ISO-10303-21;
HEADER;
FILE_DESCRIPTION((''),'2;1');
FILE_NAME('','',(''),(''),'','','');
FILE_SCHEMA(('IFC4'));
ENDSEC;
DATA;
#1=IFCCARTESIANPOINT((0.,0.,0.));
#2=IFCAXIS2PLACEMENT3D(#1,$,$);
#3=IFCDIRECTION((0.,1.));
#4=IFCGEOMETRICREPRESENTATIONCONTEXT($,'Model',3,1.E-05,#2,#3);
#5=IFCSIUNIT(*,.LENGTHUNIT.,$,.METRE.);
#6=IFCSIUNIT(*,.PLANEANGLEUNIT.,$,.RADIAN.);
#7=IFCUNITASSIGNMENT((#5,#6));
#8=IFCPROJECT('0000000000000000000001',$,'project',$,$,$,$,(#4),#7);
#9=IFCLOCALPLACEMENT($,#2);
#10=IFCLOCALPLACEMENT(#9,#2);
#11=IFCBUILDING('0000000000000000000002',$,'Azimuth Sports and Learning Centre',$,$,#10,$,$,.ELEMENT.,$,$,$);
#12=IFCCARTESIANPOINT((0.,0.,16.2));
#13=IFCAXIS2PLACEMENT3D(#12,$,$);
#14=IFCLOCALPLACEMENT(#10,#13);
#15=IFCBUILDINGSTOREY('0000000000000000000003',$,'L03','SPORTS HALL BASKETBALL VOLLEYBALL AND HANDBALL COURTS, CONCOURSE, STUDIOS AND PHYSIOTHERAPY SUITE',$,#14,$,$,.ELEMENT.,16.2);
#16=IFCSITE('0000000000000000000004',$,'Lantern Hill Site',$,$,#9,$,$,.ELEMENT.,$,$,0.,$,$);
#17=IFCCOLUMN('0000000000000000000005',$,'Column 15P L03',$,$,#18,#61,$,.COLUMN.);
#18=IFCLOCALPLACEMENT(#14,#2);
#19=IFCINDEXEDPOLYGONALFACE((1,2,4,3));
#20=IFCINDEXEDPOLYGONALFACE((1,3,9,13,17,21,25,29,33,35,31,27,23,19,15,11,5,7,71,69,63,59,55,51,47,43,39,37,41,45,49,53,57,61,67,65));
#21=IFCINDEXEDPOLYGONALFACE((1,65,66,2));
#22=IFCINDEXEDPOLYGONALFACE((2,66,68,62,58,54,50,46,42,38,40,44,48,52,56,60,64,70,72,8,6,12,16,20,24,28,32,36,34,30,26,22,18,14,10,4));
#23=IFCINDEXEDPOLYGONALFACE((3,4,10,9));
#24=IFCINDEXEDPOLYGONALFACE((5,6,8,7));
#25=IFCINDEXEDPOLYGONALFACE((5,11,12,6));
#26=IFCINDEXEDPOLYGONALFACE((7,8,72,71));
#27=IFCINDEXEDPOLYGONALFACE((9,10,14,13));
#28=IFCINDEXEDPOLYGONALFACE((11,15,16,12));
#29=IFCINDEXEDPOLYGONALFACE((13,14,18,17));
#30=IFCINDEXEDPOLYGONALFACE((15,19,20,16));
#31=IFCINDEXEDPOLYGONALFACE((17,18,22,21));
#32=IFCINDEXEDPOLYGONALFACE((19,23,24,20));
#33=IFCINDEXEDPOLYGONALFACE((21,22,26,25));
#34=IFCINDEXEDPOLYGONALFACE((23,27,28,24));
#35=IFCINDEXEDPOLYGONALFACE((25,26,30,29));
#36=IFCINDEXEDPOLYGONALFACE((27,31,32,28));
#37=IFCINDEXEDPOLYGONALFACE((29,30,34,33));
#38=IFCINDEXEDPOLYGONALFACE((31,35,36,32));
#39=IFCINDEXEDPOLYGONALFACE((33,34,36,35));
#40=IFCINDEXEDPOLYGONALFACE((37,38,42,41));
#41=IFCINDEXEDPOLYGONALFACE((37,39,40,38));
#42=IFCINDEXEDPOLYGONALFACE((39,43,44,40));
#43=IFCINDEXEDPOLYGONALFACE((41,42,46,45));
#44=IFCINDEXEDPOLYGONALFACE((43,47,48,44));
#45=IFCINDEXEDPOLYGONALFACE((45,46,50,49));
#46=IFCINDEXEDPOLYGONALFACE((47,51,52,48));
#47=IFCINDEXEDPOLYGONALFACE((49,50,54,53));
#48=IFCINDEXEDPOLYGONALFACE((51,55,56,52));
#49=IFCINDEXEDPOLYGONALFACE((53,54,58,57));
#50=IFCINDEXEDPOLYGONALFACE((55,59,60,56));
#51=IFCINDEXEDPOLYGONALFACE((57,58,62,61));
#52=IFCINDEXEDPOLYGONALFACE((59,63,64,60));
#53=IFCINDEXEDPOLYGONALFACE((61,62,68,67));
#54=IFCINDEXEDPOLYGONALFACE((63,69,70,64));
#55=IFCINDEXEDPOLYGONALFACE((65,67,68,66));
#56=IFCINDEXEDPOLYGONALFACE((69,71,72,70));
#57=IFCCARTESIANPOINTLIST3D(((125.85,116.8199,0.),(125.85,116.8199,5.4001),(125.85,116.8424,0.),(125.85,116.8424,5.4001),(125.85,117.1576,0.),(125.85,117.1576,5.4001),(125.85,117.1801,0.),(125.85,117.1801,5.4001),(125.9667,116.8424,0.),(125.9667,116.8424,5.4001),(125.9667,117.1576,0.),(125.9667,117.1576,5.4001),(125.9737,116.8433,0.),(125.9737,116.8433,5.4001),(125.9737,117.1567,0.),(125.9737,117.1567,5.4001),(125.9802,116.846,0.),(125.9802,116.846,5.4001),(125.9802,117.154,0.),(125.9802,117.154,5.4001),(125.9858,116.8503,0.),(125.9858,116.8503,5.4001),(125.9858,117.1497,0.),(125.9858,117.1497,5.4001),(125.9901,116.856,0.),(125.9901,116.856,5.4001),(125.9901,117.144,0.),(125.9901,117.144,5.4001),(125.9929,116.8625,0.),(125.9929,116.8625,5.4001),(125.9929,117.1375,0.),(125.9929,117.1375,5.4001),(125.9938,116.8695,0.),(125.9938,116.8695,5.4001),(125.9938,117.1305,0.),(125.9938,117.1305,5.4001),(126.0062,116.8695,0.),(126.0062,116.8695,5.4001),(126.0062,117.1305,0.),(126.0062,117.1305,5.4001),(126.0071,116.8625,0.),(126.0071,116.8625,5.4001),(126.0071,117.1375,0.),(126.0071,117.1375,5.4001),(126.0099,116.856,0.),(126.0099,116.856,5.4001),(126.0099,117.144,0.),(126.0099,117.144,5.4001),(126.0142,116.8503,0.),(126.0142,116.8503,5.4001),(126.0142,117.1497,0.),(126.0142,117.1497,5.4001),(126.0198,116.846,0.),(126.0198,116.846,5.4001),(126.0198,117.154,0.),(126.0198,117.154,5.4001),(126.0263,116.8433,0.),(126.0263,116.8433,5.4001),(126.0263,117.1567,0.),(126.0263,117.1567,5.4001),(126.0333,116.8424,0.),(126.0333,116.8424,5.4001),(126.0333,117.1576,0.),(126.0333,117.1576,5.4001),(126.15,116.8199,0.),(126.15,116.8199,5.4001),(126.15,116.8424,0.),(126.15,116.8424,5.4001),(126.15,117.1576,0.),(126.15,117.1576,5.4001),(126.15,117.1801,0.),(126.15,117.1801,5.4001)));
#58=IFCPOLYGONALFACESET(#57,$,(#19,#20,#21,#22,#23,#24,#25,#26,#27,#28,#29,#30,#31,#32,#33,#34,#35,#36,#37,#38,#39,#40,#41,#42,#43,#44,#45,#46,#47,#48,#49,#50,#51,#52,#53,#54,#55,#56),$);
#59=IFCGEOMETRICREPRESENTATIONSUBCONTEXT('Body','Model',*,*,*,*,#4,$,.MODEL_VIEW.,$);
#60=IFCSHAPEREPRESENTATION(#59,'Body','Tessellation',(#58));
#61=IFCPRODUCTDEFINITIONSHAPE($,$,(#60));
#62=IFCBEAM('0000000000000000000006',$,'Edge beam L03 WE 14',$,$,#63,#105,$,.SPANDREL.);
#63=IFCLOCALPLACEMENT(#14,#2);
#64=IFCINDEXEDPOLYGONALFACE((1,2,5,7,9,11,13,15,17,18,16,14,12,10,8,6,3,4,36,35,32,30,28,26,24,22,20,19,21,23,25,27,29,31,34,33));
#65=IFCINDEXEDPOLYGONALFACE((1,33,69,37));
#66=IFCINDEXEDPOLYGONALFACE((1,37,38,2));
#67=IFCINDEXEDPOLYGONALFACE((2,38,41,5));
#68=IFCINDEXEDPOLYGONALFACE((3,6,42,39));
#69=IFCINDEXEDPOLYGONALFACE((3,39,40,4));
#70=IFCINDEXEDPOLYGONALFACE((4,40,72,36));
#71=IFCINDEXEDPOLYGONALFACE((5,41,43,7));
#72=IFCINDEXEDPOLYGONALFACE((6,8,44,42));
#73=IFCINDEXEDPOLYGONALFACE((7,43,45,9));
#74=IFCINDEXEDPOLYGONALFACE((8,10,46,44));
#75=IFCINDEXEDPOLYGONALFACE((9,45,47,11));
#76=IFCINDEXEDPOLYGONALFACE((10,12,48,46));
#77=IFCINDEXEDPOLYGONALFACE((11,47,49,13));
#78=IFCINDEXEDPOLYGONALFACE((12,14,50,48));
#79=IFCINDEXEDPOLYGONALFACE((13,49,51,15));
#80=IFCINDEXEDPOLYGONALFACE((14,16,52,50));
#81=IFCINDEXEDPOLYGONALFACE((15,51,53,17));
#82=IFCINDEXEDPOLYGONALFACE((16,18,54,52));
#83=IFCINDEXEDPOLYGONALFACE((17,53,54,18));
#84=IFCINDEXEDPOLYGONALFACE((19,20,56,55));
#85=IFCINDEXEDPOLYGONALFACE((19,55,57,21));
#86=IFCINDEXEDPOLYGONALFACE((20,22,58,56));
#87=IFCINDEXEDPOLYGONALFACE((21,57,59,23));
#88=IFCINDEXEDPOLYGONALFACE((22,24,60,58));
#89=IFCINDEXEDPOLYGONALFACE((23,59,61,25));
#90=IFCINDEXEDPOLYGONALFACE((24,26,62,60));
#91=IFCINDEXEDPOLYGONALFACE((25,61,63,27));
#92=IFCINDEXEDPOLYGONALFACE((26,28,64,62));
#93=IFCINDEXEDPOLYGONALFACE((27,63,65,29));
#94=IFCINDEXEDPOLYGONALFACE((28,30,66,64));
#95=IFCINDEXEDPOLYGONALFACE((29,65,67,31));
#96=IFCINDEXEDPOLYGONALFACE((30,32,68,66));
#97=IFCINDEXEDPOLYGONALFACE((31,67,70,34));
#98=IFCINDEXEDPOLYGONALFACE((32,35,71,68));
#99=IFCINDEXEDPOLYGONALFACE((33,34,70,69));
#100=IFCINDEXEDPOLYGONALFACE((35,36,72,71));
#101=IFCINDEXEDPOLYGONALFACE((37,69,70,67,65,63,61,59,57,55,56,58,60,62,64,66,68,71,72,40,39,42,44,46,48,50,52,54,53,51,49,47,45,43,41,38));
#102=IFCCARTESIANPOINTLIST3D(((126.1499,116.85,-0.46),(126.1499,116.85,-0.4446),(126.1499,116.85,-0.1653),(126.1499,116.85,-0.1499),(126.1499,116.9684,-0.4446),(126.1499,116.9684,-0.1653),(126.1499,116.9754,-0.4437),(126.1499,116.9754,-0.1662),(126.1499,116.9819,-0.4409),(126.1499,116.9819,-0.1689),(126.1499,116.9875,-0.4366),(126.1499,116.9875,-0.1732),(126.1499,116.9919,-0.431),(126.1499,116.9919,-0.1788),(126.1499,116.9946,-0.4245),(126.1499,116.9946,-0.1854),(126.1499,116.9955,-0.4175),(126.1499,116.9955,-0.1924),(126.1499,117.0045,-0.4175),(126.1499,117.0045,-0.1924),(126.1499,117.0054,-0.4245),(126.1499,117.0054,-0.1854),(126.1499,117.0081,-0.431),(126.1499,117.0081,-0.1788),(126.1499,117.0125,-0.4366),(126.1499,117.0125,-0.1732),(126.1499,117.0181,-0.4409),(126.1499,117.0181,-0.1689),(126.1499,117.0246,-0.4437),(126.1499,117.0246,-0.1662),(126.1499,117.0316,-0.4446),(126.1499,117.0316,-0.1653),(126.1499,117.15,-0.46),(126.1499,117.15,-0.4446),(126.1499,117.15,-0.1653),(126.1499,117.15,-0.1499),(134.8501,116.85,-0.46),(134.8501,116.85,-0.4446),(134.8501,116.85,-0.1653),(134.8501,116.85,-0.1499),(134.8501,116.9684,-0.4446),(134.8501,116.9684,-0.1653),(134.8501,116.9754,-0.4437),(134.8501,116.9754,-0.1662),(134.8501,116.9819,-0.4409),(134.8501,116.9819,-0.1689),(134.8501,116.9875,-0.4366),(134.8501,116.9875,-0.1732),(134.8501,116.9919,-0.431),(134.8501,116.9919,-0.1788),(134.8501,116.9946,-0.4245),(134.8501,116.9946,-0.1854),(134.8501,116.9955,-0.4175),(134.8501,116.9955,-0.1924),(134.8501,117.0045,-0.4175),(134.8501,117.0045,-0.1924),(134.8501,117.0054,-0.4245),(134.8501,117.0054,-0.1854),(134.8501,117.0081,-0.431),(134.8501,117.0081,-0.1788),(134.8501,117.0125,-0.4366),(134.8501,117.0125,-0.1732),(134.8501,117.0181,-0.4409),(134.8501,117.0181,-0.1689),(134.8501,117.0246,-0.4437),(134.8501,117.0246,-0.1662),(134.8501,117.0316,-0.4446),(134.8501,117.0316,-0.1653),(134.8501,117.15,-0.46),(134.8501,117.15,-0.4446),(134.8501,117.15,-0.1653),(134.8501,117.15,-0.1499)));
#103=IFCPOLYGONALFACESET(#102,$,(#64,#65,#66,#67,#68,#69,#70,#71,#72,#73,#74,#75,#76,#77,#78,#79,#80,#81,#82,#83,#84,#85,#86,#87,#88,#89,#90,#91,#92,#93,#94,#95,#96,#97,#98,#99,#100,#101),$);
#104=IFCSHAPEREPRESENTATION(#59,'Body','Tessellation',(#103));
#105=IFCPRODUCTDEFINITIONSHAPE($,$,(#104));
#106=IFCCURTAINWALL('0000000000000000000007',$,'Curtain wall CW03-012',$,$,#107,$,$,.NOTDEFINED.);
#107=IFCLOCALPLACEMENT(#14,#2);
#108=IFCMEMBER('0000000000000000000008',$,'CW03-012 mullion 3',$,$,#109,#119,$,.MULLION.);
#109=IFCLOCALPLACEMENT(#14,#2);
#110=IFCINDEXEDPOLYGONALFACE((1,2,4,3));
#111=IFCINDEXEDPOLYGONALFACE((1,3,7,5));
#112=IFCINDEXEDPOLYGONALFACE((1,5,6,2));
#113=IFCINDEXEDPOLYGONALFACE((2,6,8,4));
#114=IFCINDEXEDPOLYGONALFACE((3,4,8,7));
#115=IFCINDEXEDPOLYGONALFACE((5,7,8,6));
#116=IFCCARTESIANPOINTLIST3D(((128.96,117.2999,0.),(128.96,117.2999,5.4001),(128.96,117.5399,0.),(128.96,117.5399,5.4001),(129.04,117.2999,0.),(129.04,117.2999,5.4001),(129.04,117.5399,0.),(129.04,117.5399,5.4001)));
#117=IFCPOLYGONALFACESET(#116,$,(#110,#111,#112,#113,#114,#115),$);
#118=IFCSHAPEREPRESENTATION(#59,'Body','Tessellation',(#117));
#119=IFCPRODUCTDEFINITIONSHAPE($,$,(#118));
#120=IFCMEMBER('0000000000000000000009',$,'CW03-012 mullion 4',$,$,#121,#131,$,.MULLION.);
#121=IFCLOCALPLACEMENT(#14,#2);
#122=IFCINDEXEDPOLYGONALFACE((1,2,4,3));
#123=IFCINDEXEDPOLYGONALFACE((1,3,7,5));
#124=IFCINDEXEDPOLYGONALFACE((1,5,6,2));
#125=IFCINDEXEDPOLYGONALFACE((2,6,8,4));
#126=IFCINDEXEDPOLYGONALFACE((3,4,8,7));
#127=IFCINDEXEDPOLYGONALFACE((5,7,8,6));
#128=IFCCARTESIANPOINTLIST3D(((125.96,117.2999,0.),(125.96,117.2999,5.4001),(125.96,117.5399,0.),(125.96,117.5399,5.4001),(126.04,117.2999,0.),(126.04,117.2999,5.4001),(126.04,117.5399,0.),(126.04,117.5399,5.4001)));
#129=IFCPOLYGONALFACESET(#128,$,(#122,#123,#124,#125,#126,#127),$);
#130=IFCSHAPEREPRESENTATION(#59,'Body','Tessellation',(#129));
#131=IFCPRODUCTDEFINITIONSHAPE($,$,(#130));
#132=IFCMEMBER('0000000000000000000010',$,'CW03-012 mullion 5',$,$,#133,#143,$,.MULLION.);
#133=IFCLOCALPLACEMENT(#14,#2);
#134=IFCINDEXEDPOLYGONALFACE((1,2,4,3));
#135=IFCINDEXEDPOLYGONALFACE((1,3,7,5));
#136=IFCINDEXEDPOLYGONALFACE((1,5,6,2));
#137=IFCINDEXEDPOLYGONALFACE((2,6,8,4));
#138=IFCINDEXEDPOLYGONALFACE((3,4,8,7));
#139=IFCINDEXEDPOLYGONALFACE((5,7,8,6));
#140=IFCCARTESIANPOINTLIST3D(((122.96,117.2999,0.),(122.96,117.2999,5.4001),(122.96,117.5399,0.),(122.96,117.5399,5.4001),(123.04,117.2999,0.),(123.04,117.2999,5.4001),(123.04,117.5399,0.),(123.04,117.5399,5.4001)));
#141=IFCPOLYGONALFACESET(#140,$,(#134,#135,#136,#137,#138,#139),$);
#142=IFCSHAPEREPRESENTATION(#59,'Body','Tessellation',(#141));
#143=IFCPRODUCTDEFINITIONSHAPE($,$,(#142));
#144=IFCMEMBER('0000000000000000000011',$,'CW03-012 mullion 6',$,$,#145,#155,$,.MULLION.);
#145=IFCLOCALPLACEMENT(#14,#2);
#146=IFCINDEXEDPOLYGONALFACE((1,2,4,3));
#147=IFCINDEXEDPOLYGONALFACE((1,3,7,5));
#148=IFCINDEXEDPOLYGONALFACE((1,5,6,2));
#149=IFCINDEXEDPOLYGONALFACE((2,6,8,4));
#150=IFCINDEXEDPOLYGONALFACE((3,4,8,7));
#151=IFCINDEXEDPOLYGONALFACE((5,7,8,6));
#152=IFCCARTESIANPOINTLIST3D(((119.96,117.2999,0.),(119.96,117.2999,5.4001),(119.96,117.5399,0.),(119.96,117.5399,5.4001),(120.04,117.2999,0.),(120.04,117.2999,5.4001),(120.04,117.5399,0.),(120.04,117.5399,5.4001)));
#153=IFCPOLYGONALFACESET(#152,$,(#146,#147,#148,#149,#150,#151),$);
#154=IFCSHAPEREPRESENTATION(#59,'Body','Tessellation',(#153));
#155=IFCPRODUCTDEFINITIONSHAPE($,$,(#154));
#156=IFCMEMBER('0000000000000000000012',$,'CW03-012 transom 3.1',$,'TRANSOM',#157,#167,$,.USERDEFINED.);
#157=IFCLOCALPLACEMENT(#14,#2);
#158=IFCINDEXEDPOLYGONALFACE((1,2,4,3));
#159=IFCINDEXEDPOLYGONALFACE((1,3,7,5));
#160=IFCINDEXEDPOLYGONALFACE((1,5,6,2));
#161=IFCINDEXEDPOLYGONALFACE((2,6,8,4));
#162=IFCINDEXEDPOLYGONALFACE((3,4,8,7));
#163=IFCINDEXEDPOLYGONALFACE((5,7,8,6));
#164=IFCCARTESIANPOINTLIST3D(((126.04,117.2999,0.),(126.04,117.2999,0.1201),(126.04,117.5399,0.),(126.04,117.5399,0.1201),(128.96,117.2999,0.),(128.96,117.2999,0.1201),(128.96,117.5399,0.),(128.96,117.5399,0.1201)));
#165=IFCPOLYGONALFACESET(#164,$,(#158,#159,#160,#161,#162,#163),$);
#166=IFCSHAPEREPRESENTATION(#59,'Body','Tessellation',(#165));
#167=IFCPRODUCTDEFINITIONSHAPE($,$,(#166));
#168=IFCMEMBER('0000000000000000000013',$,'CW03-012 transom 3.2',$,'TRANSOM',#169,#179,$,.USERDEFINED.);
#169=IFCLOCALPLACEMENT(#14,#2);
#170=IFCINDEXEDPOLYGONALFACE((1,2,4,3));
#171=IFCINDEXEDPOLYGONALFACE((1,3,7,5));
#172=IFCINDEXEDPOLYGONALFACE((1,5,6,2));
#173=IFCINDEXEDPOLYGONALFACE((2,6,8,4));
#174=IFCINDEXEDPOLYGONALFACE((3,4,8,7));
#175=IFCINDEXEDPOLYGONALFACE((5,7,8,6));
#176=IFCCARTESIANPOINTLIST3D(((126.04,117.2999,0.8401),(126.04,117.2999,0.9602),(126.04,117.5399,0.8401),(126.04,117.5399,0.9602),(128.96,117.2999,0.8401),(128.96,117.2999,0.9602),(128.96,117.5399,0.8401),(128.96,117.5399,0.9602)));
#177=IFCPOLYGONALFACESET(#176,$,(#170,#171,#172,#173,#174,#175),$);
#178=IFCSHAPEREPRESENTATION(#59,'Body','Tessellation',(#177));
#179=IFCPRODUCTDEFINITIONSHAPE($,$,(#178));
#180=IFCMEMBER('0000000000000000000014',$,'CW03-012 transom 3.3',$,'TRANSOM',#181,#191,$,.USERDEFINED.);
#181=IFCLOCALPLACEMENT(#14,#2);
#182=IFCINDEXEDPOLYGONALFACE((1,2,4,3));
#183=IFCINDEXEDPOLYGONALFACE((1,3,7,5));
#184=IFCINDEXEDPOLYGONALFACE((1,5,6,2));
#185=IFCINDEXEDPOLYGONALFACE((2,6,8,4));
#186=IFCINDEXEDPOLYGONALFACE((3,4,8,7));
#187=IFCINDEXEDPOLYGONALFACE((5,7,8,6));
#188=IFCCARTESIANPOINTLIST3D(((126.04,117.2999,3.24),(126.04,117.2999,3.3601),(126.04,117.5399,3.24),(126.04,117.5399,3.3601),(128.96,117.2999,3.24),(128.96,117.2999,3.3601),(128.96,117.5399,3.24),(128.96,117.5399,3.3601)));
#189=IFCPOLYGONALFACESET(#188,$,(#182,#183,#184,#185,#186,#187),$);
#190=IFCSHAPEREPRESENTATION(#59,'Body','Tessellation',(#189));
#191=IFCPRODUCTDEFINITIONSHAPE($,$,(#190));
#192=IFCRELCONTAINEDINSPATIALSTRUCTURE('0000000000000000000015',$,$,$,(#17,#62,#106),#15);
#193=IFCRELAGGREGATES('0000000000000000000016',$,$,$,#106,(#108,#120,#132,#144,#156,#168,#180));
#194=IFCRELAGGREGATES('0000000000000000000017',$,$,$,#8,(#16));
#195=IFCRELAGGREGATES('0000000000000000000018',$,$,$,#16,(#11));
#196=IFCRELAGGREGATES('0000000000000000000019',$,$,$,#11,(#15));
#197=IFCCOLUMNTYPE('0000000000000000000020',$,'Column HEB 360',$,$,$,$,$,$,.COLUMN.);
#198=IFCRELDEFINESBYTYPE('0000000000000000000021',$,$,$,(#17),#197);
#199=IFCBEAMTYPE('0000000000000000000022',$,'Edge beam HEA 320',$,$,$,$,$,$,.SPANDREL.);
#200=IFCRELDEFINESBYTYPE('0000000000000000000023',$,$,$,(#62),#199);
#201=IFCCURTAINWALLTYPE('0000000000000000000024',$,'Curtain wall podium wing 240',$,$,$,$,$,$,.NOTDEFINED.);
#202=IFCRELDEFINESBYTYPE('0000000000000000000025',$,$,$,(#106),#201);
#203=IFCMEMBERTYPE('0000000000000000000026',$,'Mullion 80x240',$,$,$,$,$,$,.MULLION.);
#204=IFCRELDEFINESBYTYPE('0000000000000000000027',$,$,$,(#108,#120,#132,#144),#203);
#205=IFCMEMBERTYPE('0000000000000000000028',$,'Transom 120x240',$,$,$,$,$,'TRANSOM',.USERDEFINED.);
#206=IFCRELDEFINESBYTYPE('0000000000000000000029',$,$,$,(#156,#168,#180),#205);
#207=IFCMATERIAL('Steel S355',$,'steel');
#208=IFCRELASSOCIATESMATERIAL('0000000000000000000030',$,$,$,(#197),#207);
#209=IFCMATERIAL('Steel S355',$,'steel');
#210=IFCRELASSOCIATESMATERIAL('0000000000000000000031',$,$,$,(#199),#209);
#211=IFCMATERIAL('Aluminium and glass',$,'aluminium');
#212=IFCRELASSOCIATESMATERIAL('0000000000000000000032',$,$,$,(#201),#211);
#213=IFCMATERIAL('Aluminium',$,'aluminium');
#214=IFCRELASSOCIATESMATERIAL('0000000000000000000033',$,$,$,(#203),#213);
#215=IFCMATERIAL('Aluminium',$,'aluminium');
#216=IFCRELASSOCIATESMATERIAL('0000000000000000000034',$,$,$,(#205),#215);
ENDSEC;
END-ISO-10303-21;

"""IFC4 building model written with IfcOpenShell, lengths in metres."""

from ifc_helpers import new_model, si_unit, direction, frame, origin, origin_2d, place, context, subcontext, project, spatial, rectangle, i_section, extrude, material, material_profile, profile_set, type_object, element, aggregate, save


model = new_model("IFC4")

# Units and contexts
model_context = context("Model", 3, precision=1e-05, world=origin(), true_north=direction((0.0, 1.0)))
body_context = subcontext(model_context, "Body", "Model", "MODEL_VIEW")
ifc_project = project(units=[si_unit("LENGTHUNIT", "METRE"), si_unit("PLANEANGLEUNIT", "RADIAN")], contexts=[model_context])

# Site, building, storey
site_placement = place(None, origin())
site = spatial("IfcSite", under=ifc_project, at=site_placement, Name="Lantern Hill Site", CompositionType="ELEMENT", RefElevation=0.0)
building_placement = place(site_placement, origin())
building = spatial("IfcBuilding", under=site, at=building_placement, Name="Azimuth Sports and Learning Centre", CompositionType="ELEMENT")
storey_placement = place(building_placement, frame((0.0, 0.0, 16.2)))
storey = spatial("IfcBuildingStorey", under=building, at=storey_placement, Name="L03", Description="SPORTS HALL BASKETBALL VOLLEYBALL AND HANDBALL COURTS, CONCOURSE, STUDIOS AND PHYSIOTHERAPY SUITE", CompositionType="ELEMENT", Elevation=16.2)

# Column
ifc_material_1 = material(Name="Steel S355", Category="steel")
ifc_material_profile_1 = material_profile(ifc_material_1, i_section(OverallWidth=0.3, OverallDepth=0.3601, WebThickness=0.0125, FlangeThickness=0.0225, FilletRadius=0.0271, at=origin_2d()), Name="HEB 360")
ifc_profile_set_1 = profile_set([ifc_material_profile_1], Name="Steel S355")
column_type = type_object("IfcColumnType", Name="Column HEB 360", PredefinedType="COLUMN", material=ifc_profile_set_1)
column_placement = place(storey_placement, frame((126.0, 117.0, 0.0), z_axis=(0.0, 0.0, 1.0), x_axis=(1.0, 0.0, 0.0)))
element("IfcColumn", 1, at=column_placement, inside=storey, type_object=column_type, Name="Column 15P L03", PredefinedType="COLUMN", context=body_context, shape_type="SweptSolid", body=[
    extrude(i_section(OverallWidth=0.3, OverallDepth=0.3601, WebThickness=0.0125, FlangeThickness=0.0225, FilletRadius=0.0271, at=origin_2d()), origin(), (0.0, 0.0, 1.0), 5.4001),
])

# Beam
ifc_material_2 = material(Name="Steel S355", Category="steel")
ifc_material_profile_2 = material_profile(ifc_material_2, i_section(OverallWidth=0.3, OverallDepth=0.3101, WebThickness=0.009, FlangeThickness=0.0154, FilletRadius=0.0271, at=origin_2d()), Name="HEA 320")
ifc_profile_set_2 = profile_set([ifc_material_profile_2], Name="Steel S355")
beam_type = type_object("IfcBeamType", Name="Edge beam HEA 320", PredefinedType="SPANDREL", material=ifc_profile_set_2)
beam_placement = place(storey_placement, frame((126.1499, 117.0, -0.3049), z_axis=(1.0, 0.0, 0.0), x_axis=(0.0, 1.0, 0.0)))
element("IfcBeam", 2, at=beam_placement, inside=storey, type_object=beam_type, Name="Edge beam L03 WE 14", PredefinedType="SPANDREL", context=body_context, shape_type="SweptSolid", body=[
    extrude(i_section(OverallWidth=0.3, OverallDepth=0.3101, WebThickness=0.009, FlangeThickness=0.0154, FilletRadius=0.0271, at=origin_2d()), origin(), (0.0, 0.0, 1.0), 8.7002),
])

# Curtain wall, members
ifc_material_3 = material(Name="Aluminium and glass", Category="aluminium")
curtain_wall_type = type_object("IfcCurtainWallType", Name="Curtain wall podium wing 240", PredefinedType="NOTDEFINED", material=ifc_material_3)
curtain_wall_placement = place(storey_placement, origin())
curtain_wall = element("IfcCurtainWall", 3, at=curtain_wall_placement, inside=storey, type_object=curtain_wall_type, Name="Curtain wall CW03-012", PredefinedType="NOTDEFINED")
ifc_material_4 = material(Name="Aluminium", Category="aluminium")
ifc_material_profile_3 = material_profile(ifc_material_4, rectangle(XDim=0.24, YDim=0.0801, at=origin_2d()), Name="Mullion 80x240")
ifc_profile_set_3 = profile_set([ifc_material_profile_3], Name="Aluminium")
member_type_1 = type_object("IfcMemberType", Name="Mullion 80x240", PredefinedType="MULLION", material=ifc_profile_set_3)
member_1_placement = place(storey_placement, frame((129.0, 117.4199, 0.0), z_axis=(0.0, 0.0, 1.0), x_axis=(0.0, -1.0, 0.0)))
member_1 = element("IfcMember", 4, at=member_1_placement, type_object=member_type_1, Name="CW03-012 mullion 3", PredefinedType="MULLION", context=body_context, shape_type="SweptSolid", body=[
    extrude(rectangle(XDim=0.24, YDim=0.0801, at=origin_2d()), origin(), (0.0, 0.0, 1.0), 5.4001),
])
member_2_placement = place(storey_placement, frame((126.0, 117.4199, 0.0), z_axis=(0.0, 0.0, 1.0), x_axis=(0.0, -1.0, 0.0)))
member_2 = element("IfcMember", 5, at=member_2_placement, type_object=member_type_1, Name="CW03-012 mullion 4", PredefinedType="MULLION", context=body_context, shape_type="SweptSolid", body=[
    extrude(rectangle(XDim=0.24, YDim=0.0801, at=origin_2d()), origin(), (0.0, 0.0, 1.0), 5.4001),
])
member_3_placement = place(storey_placement, frame((123.0, 117.4199, 0.0), z_axis=(0.0, 0.0, 1.0), x_axis=(0.0, -1.0, 0.0)))
member_3 = element("IfcMember", 6, at=member_3_placement, type_object=member_type_1, Name="CW03-012 mullion 5", PredefinedType="MULLION", context=body_context, shape_type="SweptSolid", body=[
    extrude(rectangle(XDim=0.24, YDim=0.0801, at=origin_2d()), origin(), (0.0, 0.0, 1.0), 5.4001),
])
member_4_placement = place(storey_placement, frame((120.0, 117.4199, 0.0), z_axis=(0.0, 0.0, 1.0), x_axis=(0.0, -1.0, 0.0)))
member_4 = element("IfcMember", 7, at=member_4_placement, type_object=member_type_1, Name="CW03-012 mullion 6", PredefinedType="MULLION", context=body_context, shape_type="SweptSolid", body=[
    extrude(rectangle(XDim=0.24, YDim=0.0801, at=origin_2d()), origin(), (0.0, 0.0, 1.0), 5.4001),
])
ifc_material_5 = material(Name="Aluminium", Category="aluminium")
ifc_material_profile_4 = material_profile(ifc_material_5, rectangle(XDim=0.24, YDim=0.1201, at=origin_2d()), Name="Transom 120x240")
ifc_profile_set_4 = profile_set([ifc_material_profile_4], Name="Aluminium")
member_type_2 = type_object("IfcMemberType", Name="Transom 120x240", ElementType="TRANSOM", PredefinedType="USERDEFINED", material=ifc_profile_set_4)
member_5_placement = place(storey_placement, frame((128.96, 117.4199, 0.0601), z_axis=(-1.0, 0.0, 0.0), x_axis=(0.0, -1.0, 0.0)))
member_5 = element("IfcMember", 8, at=member_5_placement, type_object=member_type_2, Name="CW03-012 transom 3.1", ObjectType="TRANSOM", PredefinedType="USERDEFINED", context=body_context, shape_type="SweptSolid", body=[
    extrude(rectangle(XDim=0.24, YDim=0.1201, at=origin_2d()), origin(), (0.0, 0.0, 1.0), 2.9199),
])
member_6_placement = place(storey_placement, frame((128.96, 117.4199, 0.9001), z_axis=(-1.0, 0.0, 0.0), x_axis=(0.0, -1.0, 0.0)))
member_6 = element("IfcMember", 9, at=member_6_placement, type_object=member_type_2, Name="CW03-012 transom 3.2", ObjectType="TRANSOM", PredefinedType="USERDEFINED", context=body_context, shape_type="SweptSolid", body=[
    extrude(rectangle(XDim=0.24, YDim=0.1201, at=origin_2d()), origin(), (0.0, 0.0, 1.0), 2.9199),
])
member_7_placement = place(storey_placement, frame((128.96, 117.4199, 3.3), z_axis=(-1.0, 0.0, 0.0), x_axis=(0.0, -1.0, 0.0)))
member_7 = element("IfcMember", 10, at=member_7_placement, type_object=member_type_2, Name="CW03-012 transom 3.3", ObjectType="TRANSOM", PredefinedType="USERDEFINED", context=body_context, shape_type="SweptSolid", body=[
    extrude(rectangle(XDim=0.24, YDim=0.1201, at=origin_2d()), origin(), (0.0, 0.0, 1.0), 2.9199),
])
aggregate(curtain_wall, [member_1, member_2, member_3, member_4, member_5, member_6, member_7])

save(model, "model.ifc")
